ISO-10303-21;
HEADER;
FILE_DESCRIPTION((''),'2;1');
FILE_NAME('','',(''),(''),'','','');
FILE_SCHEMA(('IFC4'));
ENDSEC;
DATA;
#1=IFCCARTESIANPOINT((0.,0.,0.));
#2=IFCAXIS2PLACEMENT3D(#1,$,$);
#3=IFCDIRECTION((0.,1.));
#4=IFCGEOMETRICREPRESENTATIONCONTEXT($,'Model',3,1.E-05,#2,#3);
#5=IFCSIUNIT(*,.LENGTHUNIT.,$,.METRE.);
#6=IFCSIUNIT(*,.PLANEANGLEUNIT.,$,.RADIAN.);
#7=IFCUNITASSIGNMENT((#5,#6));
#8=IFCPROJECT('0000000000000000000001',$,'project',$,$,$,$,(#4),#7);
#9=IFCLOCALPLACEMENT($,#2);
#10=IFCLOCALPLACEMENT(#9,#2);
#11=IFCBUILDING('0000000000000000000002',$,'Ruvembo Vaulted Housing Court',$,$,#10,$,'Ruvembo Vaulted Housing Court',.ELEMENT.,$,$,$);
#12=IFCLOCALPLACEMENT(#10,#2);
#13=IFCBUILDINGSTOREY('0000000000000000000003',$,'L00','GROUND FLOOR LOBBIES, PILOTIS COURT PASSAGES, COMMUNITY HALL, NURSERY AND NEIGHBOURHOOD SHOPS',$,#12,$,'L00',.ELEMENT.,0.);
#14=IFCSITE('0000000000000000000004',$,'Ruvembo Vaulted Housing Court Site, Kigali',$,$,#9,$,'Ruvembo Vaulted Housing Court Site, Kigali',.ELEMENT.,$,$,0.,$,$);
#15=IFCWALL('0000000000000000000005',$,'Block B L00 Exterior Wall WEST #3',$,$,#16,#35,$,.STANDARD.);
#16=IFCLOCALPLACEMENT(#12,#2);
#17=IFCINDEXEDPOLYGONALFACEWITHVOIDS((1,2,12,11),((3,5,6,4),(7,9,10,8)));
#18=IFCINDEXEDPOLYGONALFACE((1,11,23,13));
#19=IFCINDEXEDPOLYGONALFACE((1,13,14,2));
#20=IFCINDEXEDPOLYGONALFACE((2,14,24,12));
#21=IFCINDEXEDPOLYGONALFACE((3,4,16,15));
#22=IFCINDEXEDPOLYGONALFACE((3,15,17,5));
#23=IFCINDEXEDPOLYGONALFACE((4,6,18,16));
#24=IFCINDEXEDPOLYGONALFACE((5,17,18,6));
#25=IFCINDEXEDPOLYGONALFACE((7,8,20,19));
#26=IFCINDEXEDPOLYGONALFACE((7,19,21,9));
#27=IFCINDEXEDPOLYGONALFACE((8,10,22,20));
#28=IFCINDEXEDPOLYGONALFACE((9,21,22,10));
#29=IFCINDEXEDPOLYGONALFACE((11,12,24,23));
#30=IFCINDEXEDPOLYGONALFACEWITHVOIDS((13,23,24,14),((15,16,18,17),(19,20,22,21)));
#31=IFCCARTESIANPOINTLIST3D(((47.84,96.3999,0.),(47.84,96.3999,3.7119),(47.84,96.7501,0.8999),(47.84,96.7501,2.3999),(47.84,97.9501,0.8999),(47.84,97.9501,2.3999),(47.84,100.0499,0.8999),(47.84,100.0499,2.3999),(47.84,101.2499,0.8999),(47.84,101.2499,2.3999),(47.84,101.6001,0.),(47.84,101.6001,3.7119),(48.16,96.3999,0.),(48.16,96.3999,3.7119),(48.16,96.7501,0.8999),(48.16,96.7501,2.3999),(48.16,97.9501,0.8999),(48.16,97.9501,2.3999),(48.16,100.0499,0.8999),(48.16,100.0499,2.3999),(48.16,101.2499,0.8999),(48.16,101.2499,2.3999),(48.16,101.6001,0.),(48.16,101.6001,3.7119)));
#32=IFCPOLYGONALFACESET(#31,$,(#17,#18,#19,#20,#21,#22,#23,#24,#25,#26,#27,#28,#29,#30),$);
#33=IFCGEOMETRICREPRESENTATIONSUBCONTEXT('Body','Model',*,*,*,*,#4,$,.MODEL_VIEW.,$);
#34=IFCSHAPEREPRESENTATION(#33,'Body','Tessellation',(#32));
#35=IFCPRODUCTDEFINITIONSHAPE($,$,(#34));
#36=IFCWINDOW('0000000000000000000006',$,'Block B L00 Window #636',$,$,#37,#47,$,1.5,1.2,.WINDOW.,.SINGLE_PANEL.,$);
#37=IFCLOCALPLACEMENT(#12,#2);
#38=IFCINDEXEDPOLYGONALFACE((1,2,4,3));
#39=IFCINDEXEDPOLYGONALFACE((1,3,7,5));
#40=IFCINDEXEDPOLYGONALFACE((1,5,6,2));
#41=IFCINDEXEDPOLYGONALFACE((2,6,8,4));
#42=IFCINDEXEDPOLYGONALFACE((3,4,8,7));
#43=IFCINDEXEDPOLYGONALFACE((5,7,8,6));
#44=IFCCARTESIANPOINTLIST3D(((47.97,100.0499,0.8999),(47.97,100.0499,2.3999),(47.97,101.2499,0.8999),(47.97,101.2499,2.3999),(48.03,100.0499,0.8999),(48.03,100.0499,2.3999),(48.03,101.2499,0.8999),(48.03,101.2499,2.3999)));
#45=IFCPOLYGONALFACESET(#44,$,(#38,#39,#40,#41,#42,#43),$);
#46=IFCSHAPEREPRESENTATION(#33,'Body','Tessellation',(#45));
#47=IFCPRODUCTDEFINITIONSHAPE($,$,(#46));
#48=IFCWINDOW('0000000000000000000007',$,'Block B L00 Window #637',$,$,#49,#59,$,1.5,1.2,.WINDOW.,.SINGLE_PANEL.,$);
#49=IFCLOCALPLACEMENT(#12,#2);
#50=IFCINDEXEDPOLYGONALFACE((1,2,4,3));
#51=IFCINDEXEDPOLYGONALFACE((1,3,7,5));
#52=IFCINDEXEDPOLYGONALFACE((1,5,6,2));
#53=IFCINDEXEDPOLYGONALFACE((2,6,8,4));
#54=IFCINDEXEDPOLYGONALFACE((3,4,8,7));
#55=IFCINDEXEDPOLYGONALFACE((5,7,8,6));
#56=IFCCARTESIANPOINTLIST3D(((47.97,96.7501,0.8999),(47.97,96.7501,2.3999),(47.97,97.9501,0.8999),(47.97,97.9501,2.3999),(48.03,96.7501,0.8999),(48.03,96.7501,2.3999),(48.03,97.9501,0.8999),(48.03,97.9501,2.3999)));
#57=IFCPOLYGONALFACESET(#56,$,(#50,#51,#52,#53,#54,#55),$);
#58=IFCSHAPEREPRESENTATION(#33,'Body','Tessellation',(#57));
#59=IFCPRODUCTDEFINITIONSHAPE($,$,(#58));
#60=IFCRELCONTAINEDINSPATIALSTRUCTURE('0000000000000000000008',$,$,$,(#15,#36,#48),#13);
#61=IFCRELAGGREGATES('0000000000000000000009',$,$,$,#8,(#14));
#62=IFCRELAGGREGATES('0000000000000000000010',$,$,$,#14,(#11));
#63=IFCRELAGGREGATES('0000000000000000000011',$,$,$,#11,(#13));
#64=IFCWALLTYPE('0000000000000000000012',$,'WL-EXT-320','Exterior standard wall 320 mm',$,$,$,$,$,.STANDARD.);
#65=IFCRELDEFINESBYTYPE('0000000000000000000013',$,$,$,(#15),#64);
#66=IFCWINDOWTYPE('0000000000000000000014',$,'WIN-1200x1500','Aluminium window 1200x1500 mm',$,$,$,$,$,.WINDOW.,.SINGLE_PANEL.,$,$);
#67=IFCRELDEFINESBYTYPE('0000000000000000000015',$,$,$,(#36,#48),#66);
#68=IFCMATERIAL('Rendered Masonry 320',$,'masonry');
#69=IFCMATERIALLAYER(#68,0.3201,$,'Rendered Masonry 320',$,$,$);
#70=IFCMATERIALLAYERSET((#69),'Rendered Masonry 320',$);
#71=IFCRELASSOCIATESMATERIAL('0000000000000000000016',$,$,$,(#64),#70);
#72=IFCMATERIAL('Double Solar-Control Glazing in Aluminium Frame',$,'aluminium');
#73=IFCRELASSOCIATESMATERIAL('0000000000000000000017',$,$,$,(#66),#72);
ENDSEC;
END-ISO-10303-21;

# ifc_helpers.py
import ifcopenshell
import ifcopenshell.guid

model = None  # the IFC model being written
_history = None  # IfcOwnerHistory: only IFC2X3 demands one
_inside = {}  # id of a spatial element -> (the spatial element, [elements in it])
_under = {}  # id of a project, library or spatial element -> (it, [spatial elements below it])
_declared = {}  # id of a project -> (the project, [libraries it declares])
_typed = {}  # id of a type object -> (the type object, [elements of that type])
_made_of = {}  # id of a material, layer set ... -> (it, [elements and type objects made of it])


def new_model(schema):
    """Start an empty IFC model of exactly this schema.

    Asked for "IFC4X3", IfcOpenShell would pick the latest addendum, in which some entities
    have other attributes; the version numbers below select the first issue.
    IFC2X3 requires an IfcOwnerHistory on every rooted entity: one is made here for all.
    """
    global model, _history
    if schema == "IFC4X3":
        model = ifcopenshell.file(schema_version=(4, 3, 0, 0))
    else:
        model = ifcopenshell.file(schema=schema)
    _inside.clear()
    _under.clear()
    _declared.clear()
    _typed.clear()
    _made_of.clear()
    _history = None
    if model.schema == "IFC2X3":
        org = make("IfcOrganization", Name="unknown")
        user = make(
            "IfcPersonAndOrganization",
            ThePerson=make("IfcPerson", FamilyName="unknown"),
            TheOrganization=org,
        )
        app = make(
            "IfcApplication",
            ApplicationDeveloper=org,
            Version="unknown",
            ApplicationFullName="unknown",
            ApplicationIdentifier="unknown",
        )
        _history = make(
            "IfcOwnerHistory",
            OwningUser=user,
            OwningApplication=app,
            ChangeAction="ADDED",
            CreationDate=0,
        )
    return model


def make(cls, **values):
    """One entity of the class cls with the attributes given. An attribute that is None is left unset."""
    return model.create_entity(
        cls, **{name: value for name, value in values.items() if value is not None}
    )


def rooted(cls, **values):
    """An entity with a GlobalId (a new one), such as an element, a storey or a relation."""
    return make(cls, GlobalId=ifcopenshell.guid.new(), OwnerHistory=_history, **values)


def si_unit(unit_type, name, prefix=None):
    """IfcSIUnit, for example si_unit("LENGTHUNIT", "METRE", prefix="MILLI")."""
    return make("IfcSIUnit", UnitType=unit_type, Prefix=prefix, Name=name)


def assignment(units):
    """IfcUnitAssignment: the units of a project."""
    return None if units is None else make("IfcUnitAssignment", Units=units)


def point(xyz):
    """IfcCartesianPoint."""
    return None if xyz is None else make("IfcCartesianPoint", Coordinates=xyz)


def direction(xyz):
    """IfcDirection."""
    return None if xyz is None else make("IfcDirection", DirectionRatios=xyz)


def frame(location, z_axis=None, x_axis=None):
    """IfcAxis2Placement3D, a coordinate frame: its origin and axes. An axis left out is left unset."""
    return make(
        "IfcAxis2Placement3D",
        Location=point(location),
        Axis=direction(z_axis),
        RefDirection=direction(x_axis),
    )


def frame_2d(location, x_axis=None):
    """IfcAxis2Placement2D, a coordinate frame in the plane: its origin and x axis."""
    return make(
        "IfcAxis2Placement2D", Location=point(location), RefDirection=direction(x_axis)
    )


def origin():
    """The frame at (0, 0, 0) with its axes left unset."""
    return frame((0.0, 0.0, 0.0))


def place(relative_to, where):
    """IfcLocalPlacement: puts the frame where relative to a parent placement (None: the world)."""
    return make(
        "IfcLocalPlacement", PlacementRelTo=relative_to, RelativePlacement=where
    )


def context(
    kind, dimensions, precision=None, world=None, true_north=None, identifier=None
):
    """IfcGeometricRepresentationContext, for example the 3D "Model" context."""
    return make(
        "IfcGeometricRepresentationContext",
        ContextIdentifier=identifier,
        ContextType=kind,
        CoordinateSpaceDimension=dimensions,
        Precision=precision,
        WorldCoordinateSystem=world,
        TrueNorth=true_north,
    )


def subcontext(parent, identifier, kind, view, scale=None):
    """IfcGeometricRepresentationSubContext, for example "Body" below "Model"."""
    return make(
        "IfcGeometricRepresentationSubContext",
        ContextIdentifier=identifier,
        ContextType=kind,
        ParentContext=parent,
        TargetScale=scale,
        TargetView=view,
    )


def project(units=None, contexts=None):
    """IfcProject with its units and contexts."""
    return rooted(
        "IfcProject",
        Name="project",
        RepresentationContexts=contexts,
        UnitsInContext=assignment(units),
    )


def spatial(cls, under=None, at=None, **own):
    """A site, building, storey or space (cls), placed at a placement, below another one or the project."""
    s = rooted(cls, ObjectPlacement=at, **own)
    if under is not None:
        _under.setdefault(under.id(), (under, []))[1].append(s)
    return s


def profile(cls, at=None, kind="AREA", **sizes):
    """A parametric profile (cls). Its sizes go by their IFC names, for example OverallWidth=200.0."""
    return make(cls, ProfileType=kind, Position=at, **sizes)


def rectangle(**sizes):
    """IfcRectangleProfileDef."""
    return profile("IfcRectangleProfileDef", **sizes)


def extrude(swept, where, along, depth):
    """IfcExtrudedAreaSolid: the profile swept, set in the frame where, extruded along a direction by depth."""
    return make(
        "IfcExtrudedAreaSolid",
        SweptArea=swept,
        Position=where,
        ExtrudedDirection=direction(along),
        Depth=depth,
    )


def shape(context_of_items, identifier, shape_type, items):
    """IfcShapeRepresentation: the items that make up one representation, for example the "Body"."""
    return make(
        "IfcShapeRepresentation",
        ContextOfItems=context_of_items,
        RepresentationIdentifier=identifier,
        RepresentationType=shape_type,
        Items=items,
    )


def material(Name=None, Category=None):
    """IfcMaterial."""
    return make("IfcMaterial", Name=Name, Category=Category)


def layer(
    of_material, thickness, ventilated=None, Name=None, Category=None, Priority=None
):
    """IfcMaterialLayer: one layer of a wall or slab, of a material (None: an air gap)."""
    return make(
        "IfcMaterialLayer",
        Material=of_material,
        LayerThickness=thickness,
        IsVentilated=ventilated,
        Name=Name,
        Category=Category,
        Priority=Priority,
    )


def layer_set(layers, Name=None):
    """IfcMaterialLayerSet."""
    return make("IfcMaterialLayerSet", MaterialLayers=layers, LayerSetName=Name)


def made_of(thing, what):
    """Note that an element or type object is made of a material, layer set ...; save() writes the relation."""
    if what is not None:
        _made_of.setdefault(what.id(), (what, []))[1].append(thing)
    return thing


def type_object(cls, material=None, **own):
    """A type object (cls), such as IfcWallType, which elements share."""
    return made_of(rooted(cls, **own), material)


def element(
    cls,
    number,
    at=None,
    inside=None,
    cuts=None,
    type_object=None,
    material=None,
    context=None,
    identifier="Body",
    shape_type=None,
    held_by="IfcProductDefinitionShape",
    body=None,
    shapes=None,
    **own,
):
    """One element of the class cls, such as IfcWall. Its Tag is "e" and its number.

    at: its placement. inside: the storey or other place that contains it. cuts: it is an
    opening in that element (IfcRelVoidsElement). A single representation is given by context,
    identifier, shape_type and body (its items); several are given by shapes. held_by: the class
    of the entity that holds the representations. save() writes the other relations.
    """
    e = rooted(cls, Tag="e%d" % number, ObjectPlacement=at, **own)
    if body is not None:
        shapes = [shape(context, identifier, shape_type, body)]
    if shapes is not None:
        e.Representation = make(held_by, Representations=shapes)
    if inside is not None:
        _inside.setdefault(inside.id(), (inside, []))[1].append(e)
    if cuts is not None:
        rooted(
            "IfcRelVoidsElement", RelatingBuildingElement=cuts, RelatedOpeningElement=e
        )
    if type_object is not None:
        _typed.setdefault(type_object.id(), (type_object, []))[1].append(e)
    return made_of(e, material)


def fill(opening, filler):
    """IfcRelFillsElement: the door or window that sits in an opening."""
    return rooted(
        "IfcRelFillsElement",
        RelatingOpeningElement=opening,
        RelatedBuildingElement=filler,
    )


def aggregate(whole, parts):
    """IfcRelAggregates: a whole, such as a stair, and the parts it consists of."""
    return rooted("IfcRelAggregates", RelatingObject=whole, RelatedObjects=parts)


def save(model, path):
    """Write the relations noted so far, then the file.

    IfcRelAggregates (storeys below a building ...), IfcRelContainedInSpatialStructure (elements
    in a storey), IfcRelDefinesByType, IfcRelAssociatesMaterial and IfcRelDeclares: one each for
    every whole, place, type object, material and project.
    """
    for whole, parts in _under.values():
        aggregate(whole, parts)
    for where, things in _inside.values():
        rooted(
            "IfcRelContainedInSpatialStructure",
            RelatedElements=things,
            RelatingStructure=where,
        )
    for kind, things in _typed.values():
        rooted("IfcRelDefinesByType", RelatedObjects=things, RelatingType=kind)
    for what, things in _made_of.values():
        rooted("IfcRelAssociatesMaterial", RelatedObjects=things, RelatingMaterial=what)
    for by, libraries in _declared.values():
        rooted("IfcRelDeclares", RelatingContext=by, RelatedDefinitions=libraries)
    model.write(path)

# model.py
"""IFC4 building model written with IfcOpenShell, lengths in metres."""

from ifc_helpers import new_model, si_unit, direction, frame, frame_2d, origin, place, context, subcontext, project, spatial, rectangle, extrude, material, layer, layer_set, type_object, element, fill, save


model = new_model("IFC4")

# Units and contexts
model_context = context("Model", 3, precision=1e-05, world=origin(), true_north=direction((0.0, 1.0)))
body_context = subcontext(model_context, "Body", "Model", "MODEL_VIEW")
ifc_project = project(units=[si_unit("LENGTHUNIT", "METRE"), si_unit("PLANEANGLEUNIT", "RADIAN")], contexts=[model_context])

# Site, building, storey
site_placement = place(None, origin())
site = spatial("IfcSite", under=ifc_project, at=site_placement, Name="Ruvembo Vaulted Housing Court Site, Kigali", LongName="Ruvembo Vaulted Housing Court Site, Kigali", CompositionType="ELEMENT", RefElevation=0.0)
building_placement = place(site_placement, origin())
building = spatial("IfcBuilding", under=site, at=building_placement, Name="Ruvembo Vaulted Housing Court", LongName="Ruvembo Vaulted Housing Court", CompositionType="ELEMENT")
storey_placement = place(building_placement, origin())
storey = spatial("IfcBuildingStorey", under=building, at=storey_placement, Name="L00", Description="GROUND FLOOR LOBBIES, PILOTIS COURT PASSAGES, COMMUNITY HALL, NURSERY AND NEIGHBOURHOOD SHOPS", LongName="L00", CompositionType="ELEMENT", Elevation=0.0)

# Shared definitions
ifc_material_1 = material(Name="Double Solar-Control Glazing in Aluminium Frame", Category="aluminium")

# Wall, openings, windows
ifc_material_2 = material(Name="Rendered Masonry 320", Category="masonry")
ifc_layer_1 = layer(ifc_material_2, 0.3201, Name="Rendered Masonry 320")
ifc_layer_set_1 = layer_set([ifc_layer_1], Name="Rendered Masonry 320")
wall_type_1 = type_object("IfcWallType", Name="WL-EXT-320", Description="Exterior standard wall 320 mm", PredefinedType="STANDARD", material=ifc_layer_set_1)
wall_1_placement = place(storey_placement, frame((48.0, 101.6001, 0.0), z_axis=(0.0, 0.0, 1.0), x_axis=(0.0, -1.0, 0.0)))
wall_1 = element("IfcWall", 1, at=wall_1_placement, inside=storey, type_object=wall_type_1, Name="Block B L00 Exterior Wall WEST #3", PredefinedType="STANDARD", context=body_context, shape_type="SweptSolid", body=[
    extrude(rectangle(XDim=5.2002, YDim=0.3201, at=frame_2d((2.6001, 0.0))), origin(), (0.0, 0.0, 1.0), 3.7119),
])
opening_1_placement = place(wall_1_placement, frame((0.3501, 0.0, 0.8999)))
opening_1 = element("IfcOpeningElement", 2, at=opening_1_placement, cuts=wall_1, PredefinedType="OPENING", context=body_context, shape_type="SweptSolid", body=[
    extrude(rectangle(XDim=1.2, YDim=1.5, at=frame_2d((0.6001, 0.75))), frame((0.0, 0.1699, 0.0), z_axis=(0.0, -1.0, 0.0), x_axis=(1.0, 0.0, 0.0)), (0.0, 0.0, 1.0), 0.3401),
])
opening_2_placement = place(wall_1_placement, frame((3.6499, 0.0, 0.8999)))
opening_2 = element("IfcOpeningElement", 3, at=opening_2_placement, cuts=wall_1, PredefinedType="OPENING", context=body_context, shape_type="SweptSolid", body=[
    extrude(rectangle(XDim=1.2, YDim=1.5, at=frame_2d((0.6001, 0.75))), frame((0.0, 0.1699, 0.0), z_axis=(0.0, -1.0, 0.0), x_axis=(1.0, 0.0, 0.0)), (0.0, 0.0, 1.0), 0.3401),
])
window_type_1 = type_object("IfcWindowType", Name="WIN-1200x1500", Description="Aluminium window 1200x1500 mm", PartitioningType="SINGLE_PANEL", PredefinedType="WINDOW", material=ifc_material_1)
window_1_placement = place(opening_1_placement, origin())
window_1 = element("IfcWindow", 4, at=window_1_placement, inside=storey, type_object=window_type_1, Name="Block B L00 Window #636", OverallHeight=1.5, OverallWidth=1.2, PartitioningType="SINGLE_PANEL", PredefinedType="WINDOW", context=body_context, shape_type="SweptSolid", body=[
    extrude(rectangle(XDim=1.2, YDim=1.5, at=frame_2d((0.6001, 0.75))), frame((0.0, 0.03, 0.0), z_axis=(0.0, -1.0, 0.0), x_axis=(1.0, 0.0, 0.0)), (0.0, 0.0, 1.0), 0.0601),
])
fill(opening_1, window_1)
window_2_placement = place(opening_2_placement, origin())
window_2 = element("IfcWindow", 5, at=window_2_placement, inside=storey, type_object=window_type_1, Name="Block B L00 Window #637", OverallHeight=1.5, OverallWidth=1.2, PartitioningType="SINGLE_PANEL", PredefinedType="WINDOW", context=body_context, shape_type="SweptSolid", body=[
    extrude(rectangle(XDim=1.2, YDim=1.5, at=frame_2d((0.6001, 0.75))), frame((0.0, 0.03, 0.0), z_axis=(0.0, -1.0, 0.0), x_axis=(1.0, 0.0, 0.0)), (0.0, 0.0, 1.0), 0.0601),
])
fill(opening_2, window_2)

save(model, "model.ifc")
